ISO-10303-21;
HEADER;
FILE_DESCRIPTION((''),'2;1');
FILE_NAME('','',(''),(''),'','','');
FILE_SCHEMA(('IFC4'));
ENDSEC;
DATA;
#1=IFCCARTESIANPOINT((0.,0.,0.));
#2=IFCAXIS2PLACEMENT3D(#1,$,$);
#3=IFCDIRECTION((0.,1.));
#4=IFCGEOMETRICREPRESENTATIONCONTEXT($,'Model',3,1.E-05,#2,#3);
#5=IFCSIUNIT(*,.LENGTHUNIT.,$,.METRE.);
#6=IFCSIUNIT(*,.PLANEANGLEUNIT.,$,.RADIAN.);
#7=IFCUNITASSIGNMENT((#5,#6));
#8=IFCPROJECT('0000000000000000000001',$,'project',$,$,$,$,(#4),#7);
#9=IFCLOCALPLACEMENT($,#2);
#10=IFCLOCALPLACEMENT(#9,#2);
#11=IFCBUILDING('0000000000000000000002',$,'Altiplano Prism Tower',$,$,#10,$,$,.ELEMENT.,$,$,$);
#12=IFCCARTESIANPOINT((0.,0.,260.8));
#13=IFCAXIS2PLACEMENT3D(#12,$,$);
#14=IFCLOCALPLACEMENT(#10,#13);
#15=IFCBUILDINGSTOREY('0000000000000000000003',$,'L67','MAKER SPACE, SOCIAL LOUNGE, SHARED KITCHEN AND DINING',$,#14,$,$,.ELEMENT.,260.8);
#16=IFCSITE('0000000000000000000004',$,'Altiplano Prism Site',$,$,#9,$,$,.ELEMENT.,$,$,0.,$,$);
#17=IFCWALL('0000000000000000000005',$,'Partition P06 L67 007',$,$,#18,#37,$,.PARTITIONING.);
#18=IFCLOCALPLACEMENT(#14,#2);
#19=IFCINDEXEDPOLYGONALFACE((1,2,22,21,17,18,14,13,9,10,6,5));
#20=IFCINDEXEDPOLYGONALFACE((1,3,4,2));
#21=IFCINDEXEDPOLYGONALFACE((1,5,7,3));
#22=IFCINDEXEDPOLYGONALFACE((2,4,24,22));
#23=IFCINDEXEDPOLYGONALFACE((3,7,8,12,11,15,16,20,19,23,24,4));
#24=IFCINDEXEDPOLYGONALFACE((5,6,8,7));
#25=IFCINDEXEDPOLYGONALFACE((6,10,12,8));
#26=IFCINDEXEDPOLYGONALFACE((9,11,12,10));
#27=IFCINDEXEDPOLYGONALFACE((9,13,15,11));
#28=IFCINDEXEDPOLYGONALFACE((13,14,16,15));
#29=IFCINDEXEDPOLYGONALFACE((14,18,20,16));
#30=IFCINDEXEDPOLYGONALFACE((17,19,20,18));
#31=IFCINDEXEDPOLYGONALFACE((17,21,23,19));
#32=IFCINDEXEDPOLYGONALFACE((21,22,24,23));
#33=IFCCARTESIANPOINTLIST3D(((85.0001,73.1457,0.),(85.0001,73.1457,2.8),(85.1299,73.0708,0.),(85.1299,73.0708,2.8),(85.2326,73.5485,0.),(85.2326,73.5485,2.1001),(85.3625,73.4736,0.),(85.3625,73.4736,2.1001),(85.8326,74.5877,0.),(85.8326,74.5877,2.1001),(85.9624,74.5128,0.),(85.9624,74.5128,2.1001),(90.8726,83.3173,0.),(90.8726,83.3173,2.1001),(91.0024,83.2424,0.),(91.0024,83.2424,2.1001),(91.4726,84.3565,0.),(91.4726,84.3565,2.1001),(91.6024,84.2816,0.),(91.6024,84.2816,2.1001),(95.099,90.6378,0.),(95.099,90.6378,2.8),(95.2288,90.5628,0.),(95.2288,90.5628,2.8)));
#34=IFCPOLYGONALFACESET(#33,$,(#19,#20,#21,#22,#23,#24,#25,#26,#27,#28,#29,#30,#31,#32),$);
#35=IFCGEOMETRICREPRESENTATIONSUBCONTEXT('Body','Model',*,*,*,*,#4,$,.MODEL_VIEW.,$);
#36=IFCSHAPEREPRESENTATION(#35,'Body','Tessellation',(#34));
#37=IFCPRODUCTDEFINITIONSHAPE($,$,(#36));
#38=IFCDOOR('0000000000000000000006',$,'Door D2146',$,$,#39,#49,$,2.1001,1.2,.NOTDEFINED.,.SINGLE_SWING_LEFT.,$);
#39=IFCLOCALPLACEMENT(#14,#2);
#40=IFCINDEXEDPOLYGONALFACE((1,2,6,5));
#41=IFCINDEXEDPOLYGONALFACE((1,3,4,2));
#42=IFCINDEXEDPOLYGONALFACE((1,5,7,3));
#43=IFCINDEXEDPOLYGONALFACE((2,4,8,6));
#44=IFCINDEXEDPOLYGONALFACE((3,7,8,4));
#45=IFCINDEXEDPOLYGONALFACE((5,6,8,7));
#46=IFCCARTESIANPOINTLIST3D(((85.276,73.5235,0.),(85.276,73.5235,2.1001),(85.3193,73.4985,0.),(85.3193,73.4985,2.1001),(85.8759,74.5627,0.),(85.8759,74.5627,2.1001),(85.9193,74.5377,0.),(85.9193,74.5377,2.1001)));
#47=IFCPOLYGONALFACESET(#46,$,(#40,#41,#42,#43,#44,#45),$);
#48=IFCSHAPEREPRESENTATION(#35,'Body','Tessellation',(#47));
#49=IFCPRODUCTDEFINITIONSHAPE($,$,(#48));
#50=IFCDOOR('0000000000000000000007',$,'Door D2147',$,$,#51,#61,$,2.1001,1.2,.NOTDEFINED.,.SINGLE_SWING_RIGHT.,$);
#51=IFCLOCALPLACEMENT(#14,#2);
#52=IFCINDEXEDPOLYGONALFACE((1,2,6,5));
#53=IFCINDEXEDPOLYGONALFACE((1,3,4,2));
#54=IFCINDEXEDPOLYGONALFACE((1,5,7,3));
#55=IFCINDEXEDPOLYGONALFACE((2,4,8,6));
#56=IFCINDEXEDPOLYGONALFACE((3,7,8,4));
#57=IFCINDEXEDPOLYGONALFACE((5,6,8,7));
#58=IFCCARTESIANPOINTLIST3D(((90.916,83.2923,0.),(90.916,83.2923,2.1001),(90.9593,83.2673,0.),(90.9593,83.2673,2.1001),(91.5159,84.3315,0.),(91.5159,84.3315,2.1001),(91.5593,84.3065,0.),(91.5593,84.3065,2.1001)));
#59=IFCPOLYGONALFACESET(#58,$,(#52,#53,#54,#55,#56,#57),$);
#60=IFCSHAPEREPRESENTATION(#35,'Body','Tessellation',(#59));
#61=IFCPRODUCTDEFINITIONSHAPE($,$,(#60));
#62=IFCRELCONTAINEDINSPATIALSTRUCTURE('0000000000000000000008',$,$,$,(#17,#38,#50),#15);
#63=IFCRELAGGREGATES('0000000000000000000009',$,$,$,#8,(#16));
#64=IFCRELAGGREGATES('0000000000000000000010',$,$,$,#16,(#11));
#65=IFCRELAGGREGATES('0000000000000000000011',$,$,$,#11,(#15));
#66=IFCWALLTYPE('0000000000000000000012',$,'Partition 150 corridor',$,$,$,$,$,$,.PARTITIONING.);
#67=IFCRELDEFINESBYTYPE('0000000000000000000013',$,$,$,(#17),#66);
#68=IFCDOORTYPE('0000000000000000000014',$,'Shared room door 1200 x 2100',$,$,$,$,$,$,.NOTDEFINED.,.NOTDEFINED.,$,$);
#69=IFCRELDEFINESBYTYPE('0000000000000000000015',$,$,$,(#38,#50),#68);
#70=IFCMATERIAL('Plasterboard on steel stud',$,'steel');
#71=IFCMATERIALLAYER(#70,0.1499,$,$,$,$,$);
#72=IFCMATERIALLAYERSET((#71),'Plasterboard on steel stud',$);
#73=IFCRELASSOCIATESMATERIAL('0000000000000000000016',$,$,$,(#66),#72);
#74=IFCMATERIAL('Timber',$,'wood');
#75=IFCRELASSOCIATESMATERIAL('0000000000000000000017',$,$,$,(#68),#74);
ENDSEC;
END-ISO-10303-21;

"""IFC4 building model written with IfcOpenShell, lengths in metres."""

from ifc_helpers import new_model, si_unit, direction, frame, frame_2d, origin, place, context, subcontext, project, spatial, rectangle, extrude, material, layer, layer_set, type_object, element, fill, save


model = new_model("IFC4")

# Units and contexts
model_context = context("Model", 3, precision=1e-05, world=origin(), true_north=direction((0.0, 1.0)))
body_context = subcontext(model_context, "Body", "Model", "MODEL_VIEW")
ifc_project = project(units=[si_unit("LENGTHUNIT", "METRE"), si_unit("PLANEANGLEUNIT", "RADIAN")], contexts=[model_context])

# Site, building, storey
site_placement = place(None, origin())
site = spatial("IfcSite", under=ifc_project, at=site_placement, Name="Altiplano Prism Site", CompositionType="ELEMENT", RefElevation=0.0)
building_placement = place(site_placement, origin())
building = spatial("IfcBuilding", under=site, at=building_placement, Name="Altiplano Prism Tower", CompositionType="ELEMENT")
storey_placement = place(building_placement, frame((0.0, 0.0, 260.8)))
storey = spatial("IfcBuildingStorey", under=building, at=storey_placement, Name="L67", Description="MAKER SPACE, SOCIAL LOUNGE, SHARED KITCHEN AND DINING", CompositionType="ELEMENT", Elevation=260.8)

# Shared definitions
ifc_material_1 = material(Name="Plasterboard on steel stud", Category="steel")

# Shared definitions
ifc_layer_1 = layer(ifc_material_1, 0.1499)
ifc_layer_set_1 = layer_set([ifc_layer_1], Name="Plasterboard on steel stud")
wall_type_1 = type_object("IfcWallType", Name="Partition 150 corridor", PredefinedType="PARTITIONING", material=ifc_layer_set_1)
ifc_material_2 = material(Name="Timber", Category="wood")

# Wall, openings, doors
wall_1_placement = place(storey_placement, frame((85.0649, 73.1082, 0.0), z_axis=(0.0, 0.0, 1.0), x_axis=(0.499996, 0.866028, 0.0)))
wall_1 = element("IfcWall", 1, at=wall_1_placement, inside=storey, type_object=wall_type_1, Name="Partition P06 L67 007", PredefinedType="PARTITIONING", context=body_context, shape_type="SweptSolid", body=[
    extrude(rectangle(XDim=20.198, YDim=0.1499, at=frame_2d((10.0991, 0.0))), origin(), (0.0, 0.0, 1.0), 2.8),
])
opening_1_placement = place(wall_1_placement, frame((0.4651, 0.0, 0.0)))
opening_1 = element("IfcOpeningElement", 2, at=opening_1_placement, cuts=wall_1, PredefinedType="OPENING", context=body_context, shape_type="SweptSolid", body=[
    extrude(rectangle(XDim=1.2, YDim=2.1001, at=frame_2d((0.6001, 1.05))), frame((0.0, 0.0854, 0.0), z_axis=(0.0, -1.0, 0.0), x_axis=(1.0, 0.0, 0.0)), (0.0, 0.0, 1.0), 0.1709),
])
opening_2_placement = place(wall_1_placement, frame((11.7451, 0.0, 0.0)))
opening_2 = element("IfcOpeningElement", 3, at=opening_2_placement, cuts=wall_1, PredefinedType="OPENING", context=body_context, shape_type="SweptSolid", body=[
    extrude(rectangle(XDim=1.2, YDim=2.1001, at=frame_2d((0.6001, 1.05))), frame((0.0, 0.0854, 0.0), z_axis=(0.0, -1.0, 0.0), x_axis=(1.0, 0.0, 0.0)), (0.0, 0.0, 1.0), 0.1709),
])
door_type_1 = type_object("IfcDoorType", Name="Shared room door 1200 x 2100", OperationType="NOTDEFINED", PredefinedType="NOTDEFINED", material=ifc_material_2)
door_1_placement = place(opening_1_placement, origin())
door_1 = element("IfcDoor", 4, at=door_1_placement, inside=storey, type_object=door_type_1, Name="Door D2146", OperationType="SINGLE_SWING_LEFT", OverallHeight=2.1001, OverallWidth=1.2, PredefinedType="NOTDEFINED", context=body_context, shape_type="SweptSolid", body=[
    extrude(rectangle(XDim=1.2, YDim=2.1001, at=frame_2d((0.6001, 1.05))), frame((0.0, 0.0249, 0.0), z_axis=(0.0, -1.0, 0.0), x_axis=(1.0, 0.0, 0.0)), (0.0, 0.0, 1.0), 0.05),
])
fill(opening_1, door_1)
door_2_placement = place(opening_2_placement, origin())
door_2 = element("IfcDoor", 5, at=door_2_placement, inside=storey, type_object=door_type_1, Name="Door D2147", OperationType="SINGLE_SWING_RIGHT", OverallHeight=2.1001, OverallWidth=1.2, PredefinedType="NOTDEFINED", context=body_context, shape_type="SweptSolid", body=[
    extrude(rectangle(XDim=1.2, YDim=2.1001, at=frame_2d((0.6001, 1.05))), frame((0.0, 0.0249, 0.0), z_axis=(0.0, -1.0, 0.0), x_axis=(1.0, 0.0, 0.0)), (0.0, 0.0, 1.0), 0.05),
])
fill(opening_2, door_2)

save(model, "model.ifc")
